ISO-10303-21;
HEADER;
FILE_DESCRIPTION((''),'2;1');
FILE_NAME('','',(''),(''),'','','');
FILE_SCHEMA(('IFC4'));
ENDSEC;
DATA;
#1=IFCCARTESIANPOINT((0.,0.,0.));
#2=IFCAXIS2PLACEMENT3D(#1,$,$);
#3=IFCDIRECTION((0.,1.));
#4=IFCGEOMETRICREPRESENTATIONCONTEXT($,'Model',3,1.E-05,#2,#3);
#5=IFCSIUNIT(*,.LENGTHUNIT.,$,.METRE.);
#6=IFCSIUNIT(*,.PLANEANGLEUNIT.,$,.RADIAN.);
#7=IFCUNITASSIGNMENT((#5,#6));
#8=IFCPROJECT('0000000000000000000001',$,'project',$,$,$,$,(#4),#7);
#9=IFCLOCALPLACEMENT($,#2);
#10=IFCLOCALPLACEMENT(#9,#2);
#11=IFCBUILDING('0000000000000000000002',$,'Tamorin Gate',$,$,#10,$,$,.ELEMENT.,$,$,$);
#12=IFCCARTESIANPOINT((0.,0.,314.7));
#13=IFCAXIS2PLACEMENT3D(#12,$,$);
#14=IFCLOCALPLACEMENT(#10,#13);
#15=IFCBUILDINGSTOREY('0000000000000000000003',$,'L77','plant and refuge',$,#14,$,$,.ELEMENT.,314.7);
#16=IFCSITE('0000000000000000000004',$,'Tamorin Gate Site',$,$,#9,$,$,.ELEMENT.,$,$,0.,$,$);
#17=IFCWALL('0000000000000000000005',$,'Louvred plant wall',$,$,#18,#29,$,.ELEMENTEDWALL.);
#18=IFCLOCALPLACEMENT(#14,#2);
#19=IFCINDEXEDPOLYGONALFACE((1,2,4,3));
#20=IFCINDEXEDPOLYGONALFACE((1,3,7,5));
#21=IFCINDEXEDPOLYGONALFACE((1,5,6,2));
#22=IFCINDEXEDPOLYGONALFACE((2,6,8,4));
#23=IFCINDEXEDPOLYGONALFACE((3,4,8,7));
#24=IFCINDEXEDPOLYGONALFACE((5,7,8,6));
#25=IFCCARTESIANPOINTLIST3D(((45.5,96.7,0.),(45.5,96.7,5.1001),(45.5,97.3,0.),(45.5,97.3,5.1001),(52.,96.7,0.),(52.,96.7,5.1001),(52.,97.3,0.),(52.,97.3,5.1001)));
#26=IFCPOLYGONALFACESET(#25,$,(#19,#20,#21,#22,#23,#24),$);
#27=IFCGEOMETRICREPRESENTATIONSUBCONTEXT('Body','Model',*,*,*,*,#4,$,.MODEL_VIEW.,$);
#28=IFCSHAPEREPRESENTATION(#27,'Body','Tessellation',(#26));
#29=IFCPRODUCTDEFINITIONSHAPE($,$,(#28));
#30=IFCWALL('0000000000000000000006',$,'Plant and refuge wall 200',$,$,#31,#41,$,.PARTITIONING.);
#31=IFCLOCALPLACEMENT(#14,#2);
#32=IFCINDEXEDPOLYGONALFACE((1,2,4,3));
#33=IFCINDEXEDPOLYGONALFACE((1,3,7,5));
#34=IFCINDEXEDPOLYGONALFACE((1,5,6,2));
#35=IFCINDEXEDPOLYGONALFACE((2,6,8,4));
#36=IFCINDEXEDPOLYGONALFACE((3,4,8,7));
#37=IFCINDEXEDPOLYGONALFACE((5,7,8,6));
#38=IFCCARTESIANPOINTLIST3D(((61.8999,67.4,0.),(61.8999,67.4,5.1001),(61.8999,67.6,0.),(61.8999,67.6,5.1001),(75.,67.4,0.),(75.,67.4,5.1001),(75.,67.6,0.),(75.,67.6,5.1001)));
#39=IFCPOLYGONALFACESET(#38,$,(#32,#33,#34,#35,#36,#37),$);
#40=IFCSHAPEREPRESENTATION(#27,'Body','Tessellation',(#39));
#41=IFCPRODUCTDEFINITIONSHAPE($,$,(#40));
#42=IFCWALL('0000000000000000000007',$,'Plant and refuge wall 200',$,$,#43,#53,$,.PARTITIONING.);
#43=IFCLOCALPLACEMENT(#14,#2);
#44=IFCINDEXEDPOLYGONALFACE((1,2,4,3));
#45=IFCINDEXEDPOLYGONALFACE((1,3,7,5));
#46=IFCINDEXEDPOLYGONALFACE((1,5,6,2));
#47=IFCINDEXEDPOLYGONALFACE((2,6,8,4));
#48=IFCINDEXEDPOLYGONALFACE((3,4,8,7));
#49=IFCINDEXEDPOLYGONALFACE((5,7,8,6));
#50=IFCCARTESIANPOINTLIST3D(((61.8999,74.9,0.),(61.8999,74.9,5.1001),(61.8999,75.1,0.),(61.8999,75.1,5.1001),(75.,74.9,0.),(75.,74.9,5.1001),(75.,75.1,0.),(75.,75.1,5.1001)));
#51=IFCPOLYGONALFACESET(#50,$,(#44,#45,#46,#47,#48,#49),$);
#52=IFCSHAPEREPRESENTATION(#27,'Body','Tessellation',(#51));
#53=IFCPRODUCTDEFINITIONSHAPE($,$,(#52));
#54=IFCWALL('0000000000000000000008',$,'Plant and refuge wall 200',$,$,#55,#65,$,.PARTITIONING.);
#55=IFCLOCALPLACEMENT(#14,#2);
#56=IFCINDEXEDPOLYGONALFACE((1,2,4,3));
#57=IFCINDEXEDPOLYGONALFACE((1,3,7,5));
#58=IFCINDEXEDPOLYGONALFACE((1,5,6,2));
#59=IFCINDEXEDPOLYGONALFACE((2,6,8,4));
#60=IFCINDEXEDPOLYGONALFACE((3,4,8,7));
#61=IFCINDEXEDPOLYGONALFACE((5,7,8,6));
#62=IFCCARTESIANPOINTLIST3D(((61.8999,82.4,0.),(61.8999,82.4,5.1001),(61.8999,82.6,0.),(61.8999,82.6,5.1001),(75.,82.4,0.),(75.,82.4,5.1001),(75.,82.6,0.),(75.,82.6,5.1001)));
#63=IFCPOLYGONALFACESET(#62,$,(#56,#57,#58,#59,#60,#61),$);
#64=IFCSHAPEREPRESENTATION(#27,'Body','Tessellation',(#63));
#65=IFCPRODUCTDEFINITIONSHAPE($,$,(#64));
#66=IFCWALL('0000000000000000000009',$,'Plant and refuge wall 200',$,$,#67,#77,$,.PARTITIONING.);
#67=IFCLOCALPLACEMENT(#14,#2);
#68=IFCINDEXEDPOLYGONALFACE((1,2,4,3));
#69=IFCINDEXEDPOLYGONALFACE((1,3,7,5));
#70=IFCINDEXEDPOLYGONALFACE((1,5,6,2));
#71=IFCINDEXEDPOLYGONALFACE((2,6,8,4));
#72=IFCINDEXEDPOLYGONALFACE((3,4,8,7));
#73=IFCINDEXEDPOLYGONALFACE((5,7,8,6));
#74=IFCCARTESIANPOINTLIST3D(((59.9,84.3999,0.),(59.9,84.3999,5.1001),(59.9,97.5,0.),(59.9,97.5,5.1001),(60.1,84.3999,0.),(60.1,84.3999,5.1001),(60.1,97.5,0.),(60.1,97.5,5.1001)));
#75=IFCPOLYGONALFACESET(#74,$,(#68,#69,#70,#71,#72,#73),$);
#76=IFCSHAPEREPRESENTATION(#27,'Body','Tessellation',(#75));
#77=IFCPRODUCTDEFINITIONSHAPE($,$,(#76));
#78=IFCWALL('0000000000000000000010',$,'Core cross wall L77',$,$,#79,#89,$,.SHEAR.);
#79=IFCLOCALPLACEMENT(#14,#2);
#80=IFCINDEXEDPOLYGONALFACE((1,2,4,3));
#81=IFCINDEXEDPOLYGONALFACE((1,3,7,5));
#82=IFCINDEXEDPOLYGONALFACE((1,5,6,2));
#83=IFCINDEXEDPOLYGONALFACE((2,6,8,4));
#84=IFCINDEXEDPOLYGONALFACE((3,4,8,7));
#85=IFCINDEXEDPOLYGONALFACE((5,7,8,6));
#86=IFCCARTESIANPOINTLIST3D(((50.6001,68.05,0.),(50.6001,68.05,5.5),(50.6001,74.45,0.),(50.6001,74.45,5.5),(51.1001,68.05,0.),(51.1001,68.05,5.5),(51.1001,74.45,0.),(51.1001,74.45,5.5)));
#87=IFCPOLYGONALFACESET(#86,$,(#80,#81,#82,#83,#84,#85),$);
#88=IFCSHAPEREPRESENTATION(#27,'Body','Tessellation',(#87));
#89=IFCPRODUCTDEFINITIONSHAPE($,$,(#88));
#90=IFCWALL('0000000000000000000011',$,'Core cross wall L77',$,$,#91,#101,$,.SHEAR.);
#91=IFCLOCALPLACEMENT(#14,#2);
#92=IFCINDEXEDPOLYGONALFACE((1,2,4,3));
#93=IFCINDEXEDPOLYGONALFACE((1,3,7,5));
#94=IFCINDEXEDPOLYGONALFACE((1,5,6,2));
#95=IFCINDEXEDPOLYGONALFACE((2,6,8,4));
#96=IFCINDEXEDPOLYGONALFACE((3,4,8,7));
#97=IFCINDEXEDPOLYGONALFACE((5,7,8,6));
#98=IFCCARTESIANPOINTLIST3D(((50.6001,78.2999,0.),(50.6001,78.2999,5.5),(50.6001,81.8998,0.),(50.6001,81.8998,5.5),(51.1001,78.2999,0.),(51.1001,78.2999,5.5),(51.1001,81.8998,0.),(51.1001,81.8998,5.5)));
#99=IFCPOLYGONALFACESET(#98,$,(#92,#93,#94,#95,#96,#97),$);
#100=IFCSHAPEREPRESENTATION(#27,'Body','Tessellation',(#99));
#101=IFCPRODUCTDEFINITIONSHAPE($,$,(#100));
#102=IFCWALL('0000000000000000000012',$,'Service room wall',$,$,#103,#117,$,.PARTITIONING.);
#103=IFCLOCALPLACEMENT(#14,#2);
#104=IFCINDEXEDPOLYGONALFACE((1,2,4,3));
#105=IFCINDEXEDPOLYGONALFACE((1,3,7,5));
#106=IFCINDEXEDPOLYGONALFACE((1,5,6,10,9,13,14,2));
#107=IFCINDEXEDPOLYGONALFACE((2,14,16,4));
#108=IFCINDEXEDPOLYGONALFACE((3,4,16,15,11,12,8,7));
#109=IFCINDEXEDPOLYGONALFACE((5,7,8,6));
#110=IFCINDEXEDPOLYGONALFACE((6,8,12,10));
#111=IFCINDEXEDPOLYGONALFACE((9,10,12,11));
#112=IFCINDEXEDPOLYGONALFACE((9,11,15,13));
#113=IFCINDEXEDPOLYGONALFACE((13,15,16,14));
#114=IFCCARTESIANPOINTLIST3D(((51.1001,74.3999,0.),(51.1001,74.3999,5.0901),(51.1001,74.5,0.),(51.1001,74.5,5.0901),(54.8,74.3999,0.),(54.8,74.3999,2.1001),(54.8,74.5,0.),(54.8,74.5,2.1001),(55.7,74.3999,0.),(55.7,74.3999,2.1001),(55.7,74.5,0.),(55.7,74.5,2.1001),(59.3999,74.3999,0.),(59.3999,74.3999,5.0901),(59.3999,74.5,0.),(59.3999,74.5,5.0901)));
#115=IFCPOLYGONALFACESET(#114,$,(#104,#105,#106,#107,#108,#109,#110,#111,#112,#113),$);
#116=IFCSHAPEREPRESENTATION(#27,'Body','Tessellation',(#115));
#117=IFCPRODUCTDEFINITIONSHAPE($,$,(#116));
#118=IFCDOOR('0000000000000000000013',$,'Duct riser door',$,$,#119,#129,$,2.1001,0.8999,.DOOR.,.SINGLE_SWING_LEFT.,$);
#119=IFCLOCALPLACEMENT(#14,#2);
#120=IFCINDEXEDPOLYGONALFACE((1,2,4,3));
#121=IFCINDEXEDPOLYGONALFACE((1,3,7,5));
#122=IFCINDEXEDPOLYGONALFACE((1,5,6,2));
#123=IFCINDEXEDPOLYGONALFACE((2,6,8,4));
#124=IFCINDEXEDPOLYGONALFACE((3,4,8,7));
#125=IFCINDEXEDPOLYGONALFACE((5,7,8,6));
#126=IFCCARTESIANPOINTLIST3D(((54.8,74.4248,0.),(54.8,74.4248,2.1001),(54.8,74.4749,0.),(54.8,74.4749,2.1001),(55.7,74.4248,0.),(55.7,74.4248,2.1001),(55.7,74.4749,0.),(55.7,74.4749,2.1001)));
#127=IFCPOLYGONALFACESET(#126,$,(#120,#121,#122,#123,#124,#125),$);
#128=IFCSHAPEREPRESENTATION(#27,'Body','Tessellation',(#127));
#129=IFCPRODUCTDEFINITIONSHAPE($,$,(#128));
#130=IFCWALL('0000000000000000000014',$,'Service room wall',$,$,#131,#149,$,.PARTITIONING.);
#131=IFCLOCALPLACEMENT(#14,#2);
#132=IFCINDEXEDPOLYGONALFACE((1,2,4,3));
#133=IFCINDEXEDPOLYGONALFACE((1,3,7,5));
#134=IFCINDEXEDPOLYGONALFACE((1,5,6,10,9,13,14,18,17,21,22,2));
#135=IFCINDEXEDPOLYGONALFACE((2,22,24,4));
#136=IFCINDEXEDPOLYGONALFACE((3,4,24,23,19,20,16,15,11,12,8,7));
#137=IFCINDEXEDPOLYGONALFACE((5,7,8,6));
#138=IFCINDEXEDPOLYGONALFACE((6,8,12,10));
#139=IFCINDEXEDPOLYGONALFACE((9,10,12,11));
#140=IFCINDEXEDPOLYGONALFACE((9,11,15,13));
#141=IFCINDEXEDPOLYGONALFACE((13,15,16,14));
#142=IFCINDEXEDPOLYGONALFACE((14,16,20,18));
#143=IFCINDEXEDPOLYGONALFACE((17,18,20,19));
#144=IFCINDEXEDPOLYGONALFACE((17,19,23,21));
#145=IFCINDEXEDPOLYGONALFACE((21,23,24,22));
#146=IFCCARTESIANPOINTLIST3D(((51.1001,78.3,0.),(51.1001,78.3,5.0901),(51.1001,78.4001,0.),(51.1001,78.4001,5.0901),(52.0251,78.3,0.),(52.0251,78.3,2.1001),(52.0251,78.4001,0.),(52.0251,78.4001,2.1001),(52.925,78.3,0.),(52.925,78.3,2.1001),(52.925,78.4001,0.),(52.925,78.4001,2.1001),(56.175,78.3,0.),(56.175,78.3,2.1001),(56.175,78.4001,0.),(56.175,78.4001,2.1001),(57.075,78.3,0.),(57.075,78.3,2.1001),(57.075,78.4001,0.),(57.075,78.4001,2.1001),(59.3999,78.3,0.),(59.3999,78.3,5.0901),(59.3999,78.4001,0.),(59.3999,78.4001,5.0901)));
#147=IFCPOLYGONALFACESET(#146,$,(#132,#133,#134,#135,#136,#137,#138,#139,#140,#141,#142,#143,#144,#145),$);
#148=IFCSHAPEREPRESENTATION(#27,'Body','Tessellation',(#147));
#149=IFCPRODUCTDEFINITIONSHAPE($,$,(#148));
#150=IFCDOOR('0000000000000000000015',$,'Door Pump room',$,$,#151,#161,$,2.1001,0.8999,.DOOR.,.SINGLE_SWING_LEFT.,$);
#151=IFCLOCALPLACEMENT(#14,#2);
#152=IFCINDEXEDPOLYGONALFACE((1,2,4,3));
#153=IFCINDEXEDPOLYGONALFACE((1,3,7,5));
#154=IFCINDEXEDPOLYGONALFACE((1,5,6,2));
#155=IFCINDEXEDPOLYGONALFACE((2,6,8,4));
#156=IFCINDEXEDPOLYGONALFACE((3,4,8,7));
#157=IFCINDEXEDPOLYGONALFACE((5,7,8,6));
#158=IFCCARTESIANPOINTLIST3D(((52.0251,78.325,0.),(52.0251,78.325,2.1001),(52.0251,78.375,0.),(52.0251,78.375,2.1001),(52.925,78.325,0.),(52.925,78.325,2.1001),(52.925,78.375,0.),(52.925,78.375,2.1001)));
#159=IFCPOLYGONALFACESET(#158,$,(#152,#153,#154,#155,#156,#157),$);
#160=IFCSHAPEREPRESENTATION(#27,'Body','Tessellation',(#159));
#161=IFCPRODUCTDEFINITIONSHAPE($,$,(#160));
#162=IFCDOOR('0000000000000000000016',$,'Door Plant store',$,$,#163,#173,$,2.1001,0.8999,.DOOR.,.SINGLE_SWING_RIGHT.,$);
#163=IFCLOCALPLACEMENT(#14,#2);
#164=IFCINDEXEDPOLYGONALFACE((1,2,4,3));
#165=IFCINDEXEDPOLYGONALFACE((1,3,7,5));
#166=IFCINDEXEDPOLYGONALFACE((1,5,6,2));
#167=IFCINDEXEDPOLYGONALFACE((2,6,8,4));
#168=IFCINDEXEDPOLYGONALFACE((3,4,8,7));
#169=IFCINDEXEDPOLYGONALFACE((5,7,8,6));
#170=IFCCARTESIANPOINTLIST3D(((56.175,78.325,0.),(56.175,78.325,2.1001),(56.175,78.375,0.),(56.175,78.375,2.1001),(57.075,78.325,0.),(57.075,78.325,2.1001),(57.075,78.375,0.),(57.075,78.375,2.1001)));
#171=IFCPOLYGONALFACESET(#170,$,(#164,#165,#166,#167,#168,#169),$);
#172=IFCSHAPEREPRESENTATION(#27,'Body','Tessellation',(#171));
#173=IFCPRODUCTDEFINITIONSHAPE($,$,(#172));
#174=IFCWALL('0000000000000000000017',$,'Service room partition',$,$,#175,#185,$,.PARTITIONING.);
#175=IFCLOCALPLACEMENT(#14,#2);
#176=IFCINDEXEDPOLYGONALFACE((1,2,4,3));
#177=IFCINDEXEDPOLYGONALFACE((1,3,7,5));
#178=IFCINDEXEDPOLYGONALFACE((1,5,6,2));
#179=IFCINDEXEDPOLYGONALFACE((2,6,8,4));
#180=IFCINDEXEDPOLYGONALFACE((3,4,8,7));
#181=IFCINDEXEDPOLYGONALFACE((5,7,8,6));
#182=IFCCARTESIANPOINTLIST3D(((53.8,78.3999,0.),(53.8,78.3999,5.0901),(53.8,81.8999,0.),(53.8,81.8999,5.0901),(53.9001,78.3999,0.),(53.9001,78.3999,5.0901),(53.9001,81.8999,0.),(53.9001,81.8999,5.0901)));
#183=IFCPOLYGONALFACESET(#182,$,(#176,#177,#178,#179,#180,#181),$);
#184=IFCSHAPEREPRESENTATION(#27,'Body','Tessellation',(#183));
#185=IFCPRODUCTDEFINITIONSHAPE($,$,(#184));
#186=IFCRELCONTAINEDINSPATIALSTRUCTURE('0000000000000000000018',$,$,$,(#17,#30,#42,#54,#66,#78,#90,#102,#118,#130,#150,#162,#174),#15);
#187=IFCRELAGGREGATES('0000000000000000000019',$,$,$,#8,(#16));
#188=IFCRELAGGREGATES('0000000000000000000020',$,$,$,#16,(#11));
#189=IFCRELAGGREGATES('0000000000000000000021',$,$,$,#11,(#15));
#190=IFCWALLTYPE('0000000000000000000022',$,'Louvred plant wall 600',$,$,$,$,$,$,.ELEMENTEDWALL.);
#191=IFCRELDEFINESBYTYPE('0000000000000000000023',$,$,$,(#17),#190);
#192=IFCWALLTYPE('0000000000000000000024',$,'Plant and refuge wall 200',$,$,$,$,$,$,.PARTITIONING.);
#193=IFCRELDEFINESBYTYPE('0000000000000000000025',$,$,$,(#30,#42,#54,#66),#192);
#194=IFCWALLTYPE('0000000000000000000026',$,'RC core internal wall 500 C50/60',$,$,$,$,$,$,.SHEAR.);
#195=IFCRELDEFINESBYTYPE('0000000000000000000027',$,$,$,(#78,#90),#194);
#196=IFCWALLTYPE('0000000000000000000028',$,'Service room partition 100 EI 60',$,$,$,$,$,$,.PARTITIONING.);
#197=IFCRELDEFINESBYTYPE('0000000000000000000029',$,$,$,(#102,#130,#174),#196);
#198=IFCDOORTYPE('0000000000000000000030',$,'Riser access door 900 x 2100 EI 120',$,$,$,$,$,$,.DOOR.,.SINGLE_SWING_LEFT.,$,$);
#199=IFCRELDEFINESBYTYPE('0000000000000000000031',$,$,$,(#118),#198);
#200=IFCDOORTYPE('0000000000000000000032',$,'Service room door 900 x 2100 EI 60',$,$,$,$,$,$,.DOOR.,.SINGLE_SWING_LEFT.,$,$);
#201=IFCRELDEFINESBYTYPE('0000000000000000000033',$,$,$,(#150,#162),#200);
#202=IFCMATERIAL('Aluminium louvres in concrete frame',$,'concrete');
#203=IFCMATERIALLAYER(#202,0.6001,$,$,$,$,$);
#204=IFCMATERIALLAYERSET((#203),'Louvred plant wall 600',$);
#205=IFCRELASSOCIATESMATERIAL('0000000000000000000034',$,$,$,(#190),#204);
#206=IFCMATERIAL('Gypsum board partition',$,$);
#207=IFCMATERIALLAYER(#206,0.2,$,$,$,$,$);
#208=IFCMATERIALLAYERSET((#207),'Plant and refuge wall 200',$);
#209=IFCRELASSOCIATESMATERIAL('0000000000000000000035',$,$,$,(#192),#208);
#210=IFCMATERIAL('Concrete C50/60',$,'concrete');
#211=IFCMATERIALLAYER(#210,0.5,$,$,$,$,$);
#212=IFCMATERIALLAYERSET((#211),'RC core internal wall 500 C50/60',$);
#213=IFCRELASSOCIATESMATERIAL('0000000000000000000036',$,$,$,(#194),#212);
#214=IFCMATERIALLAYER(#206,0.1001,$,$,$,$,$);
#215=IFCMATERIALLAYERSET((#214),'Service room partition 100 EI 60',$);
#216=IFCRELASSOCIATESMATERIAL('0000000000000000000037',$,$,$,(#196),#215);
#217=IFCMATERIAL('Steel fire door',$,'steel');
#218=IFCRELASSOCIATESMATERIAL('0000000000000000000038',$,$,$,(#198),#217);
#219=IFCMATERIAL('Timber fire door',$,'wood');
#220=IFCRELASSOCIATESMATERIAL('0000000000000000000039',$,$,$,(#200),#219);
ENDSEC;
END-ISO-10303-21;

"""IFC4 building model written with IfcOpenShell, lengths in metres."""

from ifc_helpers import new_model, si_unit, direction, frame, frame_2d, origin, place, context, subcontext, project, spatial, rectangle, extrude, material, layer, layer_set, type_object, element, fill, save


model = new_model("IFC4")

# Units and contexts
model_context = context("Model", 3, precision=1e-05, world=origin(), true_north=direction((0.0, 1.0)))
body_context = subcontext(model_context, "Body", "Model", "MODEL_VIEW")
ifc_project = project(units=[si_unit("LENGTHUNIT", "METRE"), si_unit("PLANEANGLEUNIT", "RADIAN")], contexts=[model_context])

# Site, building, storey
site_placement = place(None, origin())
site = spatial("IfcSite", under=ifc_project, at=site_placement, Name="Tamorin Gate Site", CompositionType="ELEMENT", RefElevation=0.0)
building_placement = place(site_placement, origin())
building = spatial("IfcBuilding", under=site, at=building_placement, Name="Tamorin Gate", CompositionType="ELEMENT")
storey_placement = place(building_placement, frame((0.0, 0.0, 314.7)))
storey = spatial("IfcBuildingStorey", under=building, at=storey_placement, Name="L77", Description="plant and refuge", CompositionType="ELEMENT", Elevation=314.7)

# Shared definitions
ifc_material_1 = material(Name="Concrete C50/60", Category="concrete")

# Walls
ifc_material_2 = material(Name="Aluminium louvres in concrete frame", Category="concrete")
ifc_layer_1 = layer(ifc_material_2, 0.6001)
ifc_layer_set_1 = layer_set([ifc_layer_1], Name="Louvred plant wall 600")
wall_type_1 = type_object("IfcWallType", Name="Louvred plant wall 600", PredefinedType="ELEMENTEDWALL", material=ifc_layer_set_1)
for number, where, z_axis, x_axis, name in (
    (1, (52.0, 97.0, 0.0), (0.0, 0.0, 1.0), (-1.0, 0.0, 0.0), "Louvred plant wall"),
):
    element("IfcWall", number, at=place(storey_placement, frame(where, z_axis=z_axis, x_axis=x_axis)), inside=storey, type_object=wall_type_1, Name=name, PredefinedType="ELEMENTEDWALL", context=body_context, shape_type="SweptSolid", body=[
        extrude(rectangle(XDim=6.5, YDim=0.6001, at=frame_2d((3.25, 0.0))), origin(), (0.0, 0.0, 1.0), 5.1001),
    ])
ifc_material_3 = material(Name="Gypsum board partition")
ifc_layer_2 = layer(ifc_material_3, 0.2)
ifc_layer_set_2 = layer_set([ifc_layer_2], Name="Plant and refuge wall 200")
wall_type_2 = type_object("IfcWallType", Name="Plant and refuge wall 200", PredefinedType="PARTITIONING", material=ifc_layer_set_2)
for number, where, z_axis, x_axis, name in (
    (2, (61.8999, 67.5, 0.0), (0.0, 0.0, 1.0), (1.0, 0.0, 0.0), "Plant and refuge wall 200"),
    (3, (61.8999, 75.0, 0.0), (0.0, 0.0, 1.0), (1.0, 0.0, 0.0), "Plant and refuge wall 200"),
    (4, (61.8999, 82.5, 0.0), (0.0, 0.0, 1.0), (1.0, 0.0, 0.0), "Plant and refuge wall 200"),
    (5, (60.0, 84.3999, 0.0), (0.0, 0.0, 1.0), (0.0, 1.0, 0.0), "Plant and refuge wall 200"),
):
    element("IfcWall", number, at=place(storey_placement, frame(where, z_axis=z_axis, x_axis=x_axis)), inside=storey, type_object=wall_type_2, Name=name, PredefinedType="PARTITIONING", context=body_context, shape_type="SweptSolid", body=[
        extrude(rectangle(XDim=13.1001, YDim=0.2, at=frame_2d((6.55, 0.0))), origin(), (0.0, 0.0, 1.0), 5.1001),
    ])
ifc_layer_3 = layer(ifc_material_1, 0.5)
ifc_layer_set_3 = layer_set([ifc_layer_3], Name="RC core internal wall 500 C50/60")
wall_type_3 = type_object("IfcWallType", Name="RC core internal wall 500 C50/60", PredefinedType="SHEAR", material=ifc_layer_set_3)
wall_1_placement = place(storey_placement, frame((50.8501, 68.05, 0.0), z_axis=(0.0, 0.0, 1.0), x_axis=(0.0, 1.0, 0.0)))
element("IfcWall", 6, at=wall_1_placement, inside=storey, type_object=wall_type_3, Name="Core cross wall L77", PredefinedType="SHEAR", context=body_context, shape_type="SweptSolid", body=[
    extrude(rectangle(XDim=6.3999, YDim=0.5, at=frame_2d((3.2, 0.0))), origin(), (0.0, 0.0, 1.0), 5.5),
])
wall_2_placement = place(storey_placement, frame((50.8501, 78.3, 0.0), z_axis=(0.0, 0.0, 1.0), x_axis=(0.0, 1.0, 0.0)))
element("IfcWall", 7, at=wall_2_placement, inside=storey, type_object=wall_type_3, Name="Core cross wall L77", PredefinedType="SHEAR", context=body_context, shape_type="SweptSolid", body=[
    extrude(rectangle(XDim=3.5999, YDim=0.5, at=frame_2d((1.7998, 0.0))), origin(), (0.0, 0.0, 1.0), 5.5),
])

# Wall, opening, door
ifc_layer_4 = layer(ifc_material_3, 0.1001)
ifc_layer_set_4 = layer_set([ifc_layer_4], Name="Service room partition 100 EI 60")
wall_type_4 = type_object("IfcWallType", Name="Service room partition 100 EI 60", PredefinedType="PARTITIONING", material=ifc_layer_set_4)
wall_3_placement = place(storey_placement, frame((51.1001, 74.45, 0.0), z_axis=(0.0, 0.0, 1.0), x_axis=(1.0, 0.0, 0.0)))
wall_3 = element("IfcWall", 8, at=wall_3_placement, inside=storey, type_object=wall_type_4, Name="Service room wall", PredefinedType="PARTITIONING", context=body_context, shape_type="SweptSolid", body=[
    extrude(rectangle(XDim=8.2998, YDim=0.1001, at=frame_2d((4.1499, 0.0))), origin(), (0.0, 0.0, 1.0), 5.0901),
])
opening_1_placement = place(wall_3_placement, frame((3.7, 0.0, 0.0)))
opening_1 = element("IfcOpeningElement", 9, at=opening_1_placement, cuts=wall_3, PredefinedType="OPENING", context=body_context, shape_type="SweptSolid", body=[
    extrude(rectangle(XDim=0.8999, YDim=2.1001, at=frame_2d((0.45, 1.05))), frame((0.0, 0.0601, 0.0), z_axis=(0.0, -1.0, 0.0), x_axis=(1.0, 0.0, 0.0)), (0.0, 0.0, 1.0), 0.1201),
])
ifc_material_4 = material(Name="Steel fire door", Category="steel")
door_type_1 = type_object("IfcDoorType", Name="Riser access door 900 x 2100 EI 120", OperationType="SINGLE_SWING_LEFT", PredefinedType="DOOR", material=ifc_material_4)
door_1_placement = place(opening_1_placement, origin())
door_1 = element("IfcDoor", 10, at=door_1_placement, inside=storey, type_object=door_type_1, Name="Duct riser door", OperationType="SINGLE_SWING_LEFT", OverallHeight=2.1001, OverallWidth=0.8999, PredefinedType="DOOR", context=body_context, shape_type="SweptSolid", body=[
    extrude(rectangle(XDim=0.8999, YDim=2.1001, at=frame_2d((0.45, 1.05))), frame((0.0, 0.0249, 0.0), z_axis=(0.0, -1.0, 0.0), x_axis=(1.0, 0.0, 0.0)), (0.0, 0.0, 1.0), 0.05),
])
fill(opening_1, door_1)

# Wall, openings, doors
wall_4_placement = place(storey_placement, frame((51.1001, 78.3501, 0.0), z_axis=(0.0, 0.0, 1.0), x_axis=(1.0, 0.0, 0.0)))
wall_4 = element("IfcWall", 11, at=wall_4_placement, inside=storey, type_object=wall_type_4, Name="Service room wall", PredefinedType="PARTITIONING", context=body_context, shape_type="SweptSolid", body=[
    extrude(rectangle(XDim=8.2998, YDim=0.1001, at=frame_2d((4.1499, 0.0))), origin(), (0.0, 0.0, 1.0), 5.0901),
])
opening_2_placement = place(wall_4_placement, frame((0.925, 0.0, 0.0)))
opening_2 = element("IfcOpeningElement", 12, at=opening_2_placement, cuts=wall_4, PredefinedType="OPENING", context=body_context, shape_type="SweptSolid", body=[
    extrude(rectangle(XDim=0.8999, YDim=2.1001, at=frame_2d((0.45, 1.05))), frame((0.0, 0.0601, 0.0), z_axis=(0.0, -1.0, 0.0), x_axis=(1.0, 0.0, 0.0)), (0.0, 0.0, 1.0), 0.1201),
])
opening_3_placement = place(wall_4_placement, frame((5.075, 0.0, 0.0)))
opening_3 = element("IfcOpeningElement", 13, at=opening_3_placement, cuts=wall_4, PredefinedType="OPENING", context=body_context, shape_type="SweptSolid", body=[
    extrude(rectangle(XDim=0.8999, YDim=2.1001, at=frame_2d((0.45, 1.05))), frame((0.0, 0.0601, 0.0), z_axis=(0.0, -1.0, 0.0), x_axis=(1.0, 0.0, 0.0)), (0.0, 0.0, 1.0), 0.1201),
])
ifc_material_5 = material(Name="Timber fire door", Category="wood")
door_type_2 = type_object("IfcDoorType", Name="Service room door 900 x 2100 EI 60", OperationType="SINGLE_SWING_LEFT", PredefinedType="DOOR", material=ifc_material_5)
door_2_placement = place(opening_2_placement, origin())
door_2 = element("IfcDoor", 14, at=door_2_placement, inside=storey, type_object=door_type_2, Name="Door Pump room", OperationType="SINGLE_SWING_LEFT", OverallHeight=2.1001, OverallWidth=0.8999, PredefinedType="DOOR", context=body_context, shape_type="SweptSolid", body=[
    extrude(rectangle(XDim=0.8999, YDim=2.1001, at=frame_2d((0.45, 1.05))), frame((0.0, 0.0249, 0.0), z_axis=(0.0, -1.0, 0.0), x_axis=(1.0, 0.0, 0.0)), (0.0, 0.0, 1.0), 0.05),
])
fill(opening_2, door_2)
door_3_placement = place(opening_3_placement, origin())
door_3 = element("IfcDoor", 15, at=door_3_placement, inside=storey, type_object=door_type_2, Name="Door Plant store", OperationType="SINGLE_SWING_RIGHT", OverallHeight=2.1001, OverallWidth=0.8999, PredefinedType="DOOR", context=body_context, shape_type="SweptSolid", body=[
    extrude(rectangle(XDim=0.8999, YDim=2.1001, at=frame_2d((0.45, 1.05))), frame((0.0, 0.0249, 0.0), z_axis=(0.0, -1.0, 0.0), x_axis=(1.0, 0.0, 0.0)), (0.0, 0.0, 1.0), 0.05),
])
fill(opening_3, door_3)

# Wall
wall_5_placement = place(storey_placement, frame((53.8501, 78.3999, 0.0), z_axis=(0.0, 0.0, 1.0), x_axis=(0.0, 1.0, 0.0)))
element("IfcWall", 16, at=wall_5_placement, inside=storey, type_object=wall_type_4, Name="Service room partition", PredefinedType="PARTITIONING", context=body_context, shape_type="SweptSolid", body=[
    extrude(rectangle(XDim=3.5, YDim=0.1001, at=frame_2d((1.75, 0.0))), origin(), (0.0, 0.0, 1.0), 5.0901),
])

save(model, "model.ifc")
